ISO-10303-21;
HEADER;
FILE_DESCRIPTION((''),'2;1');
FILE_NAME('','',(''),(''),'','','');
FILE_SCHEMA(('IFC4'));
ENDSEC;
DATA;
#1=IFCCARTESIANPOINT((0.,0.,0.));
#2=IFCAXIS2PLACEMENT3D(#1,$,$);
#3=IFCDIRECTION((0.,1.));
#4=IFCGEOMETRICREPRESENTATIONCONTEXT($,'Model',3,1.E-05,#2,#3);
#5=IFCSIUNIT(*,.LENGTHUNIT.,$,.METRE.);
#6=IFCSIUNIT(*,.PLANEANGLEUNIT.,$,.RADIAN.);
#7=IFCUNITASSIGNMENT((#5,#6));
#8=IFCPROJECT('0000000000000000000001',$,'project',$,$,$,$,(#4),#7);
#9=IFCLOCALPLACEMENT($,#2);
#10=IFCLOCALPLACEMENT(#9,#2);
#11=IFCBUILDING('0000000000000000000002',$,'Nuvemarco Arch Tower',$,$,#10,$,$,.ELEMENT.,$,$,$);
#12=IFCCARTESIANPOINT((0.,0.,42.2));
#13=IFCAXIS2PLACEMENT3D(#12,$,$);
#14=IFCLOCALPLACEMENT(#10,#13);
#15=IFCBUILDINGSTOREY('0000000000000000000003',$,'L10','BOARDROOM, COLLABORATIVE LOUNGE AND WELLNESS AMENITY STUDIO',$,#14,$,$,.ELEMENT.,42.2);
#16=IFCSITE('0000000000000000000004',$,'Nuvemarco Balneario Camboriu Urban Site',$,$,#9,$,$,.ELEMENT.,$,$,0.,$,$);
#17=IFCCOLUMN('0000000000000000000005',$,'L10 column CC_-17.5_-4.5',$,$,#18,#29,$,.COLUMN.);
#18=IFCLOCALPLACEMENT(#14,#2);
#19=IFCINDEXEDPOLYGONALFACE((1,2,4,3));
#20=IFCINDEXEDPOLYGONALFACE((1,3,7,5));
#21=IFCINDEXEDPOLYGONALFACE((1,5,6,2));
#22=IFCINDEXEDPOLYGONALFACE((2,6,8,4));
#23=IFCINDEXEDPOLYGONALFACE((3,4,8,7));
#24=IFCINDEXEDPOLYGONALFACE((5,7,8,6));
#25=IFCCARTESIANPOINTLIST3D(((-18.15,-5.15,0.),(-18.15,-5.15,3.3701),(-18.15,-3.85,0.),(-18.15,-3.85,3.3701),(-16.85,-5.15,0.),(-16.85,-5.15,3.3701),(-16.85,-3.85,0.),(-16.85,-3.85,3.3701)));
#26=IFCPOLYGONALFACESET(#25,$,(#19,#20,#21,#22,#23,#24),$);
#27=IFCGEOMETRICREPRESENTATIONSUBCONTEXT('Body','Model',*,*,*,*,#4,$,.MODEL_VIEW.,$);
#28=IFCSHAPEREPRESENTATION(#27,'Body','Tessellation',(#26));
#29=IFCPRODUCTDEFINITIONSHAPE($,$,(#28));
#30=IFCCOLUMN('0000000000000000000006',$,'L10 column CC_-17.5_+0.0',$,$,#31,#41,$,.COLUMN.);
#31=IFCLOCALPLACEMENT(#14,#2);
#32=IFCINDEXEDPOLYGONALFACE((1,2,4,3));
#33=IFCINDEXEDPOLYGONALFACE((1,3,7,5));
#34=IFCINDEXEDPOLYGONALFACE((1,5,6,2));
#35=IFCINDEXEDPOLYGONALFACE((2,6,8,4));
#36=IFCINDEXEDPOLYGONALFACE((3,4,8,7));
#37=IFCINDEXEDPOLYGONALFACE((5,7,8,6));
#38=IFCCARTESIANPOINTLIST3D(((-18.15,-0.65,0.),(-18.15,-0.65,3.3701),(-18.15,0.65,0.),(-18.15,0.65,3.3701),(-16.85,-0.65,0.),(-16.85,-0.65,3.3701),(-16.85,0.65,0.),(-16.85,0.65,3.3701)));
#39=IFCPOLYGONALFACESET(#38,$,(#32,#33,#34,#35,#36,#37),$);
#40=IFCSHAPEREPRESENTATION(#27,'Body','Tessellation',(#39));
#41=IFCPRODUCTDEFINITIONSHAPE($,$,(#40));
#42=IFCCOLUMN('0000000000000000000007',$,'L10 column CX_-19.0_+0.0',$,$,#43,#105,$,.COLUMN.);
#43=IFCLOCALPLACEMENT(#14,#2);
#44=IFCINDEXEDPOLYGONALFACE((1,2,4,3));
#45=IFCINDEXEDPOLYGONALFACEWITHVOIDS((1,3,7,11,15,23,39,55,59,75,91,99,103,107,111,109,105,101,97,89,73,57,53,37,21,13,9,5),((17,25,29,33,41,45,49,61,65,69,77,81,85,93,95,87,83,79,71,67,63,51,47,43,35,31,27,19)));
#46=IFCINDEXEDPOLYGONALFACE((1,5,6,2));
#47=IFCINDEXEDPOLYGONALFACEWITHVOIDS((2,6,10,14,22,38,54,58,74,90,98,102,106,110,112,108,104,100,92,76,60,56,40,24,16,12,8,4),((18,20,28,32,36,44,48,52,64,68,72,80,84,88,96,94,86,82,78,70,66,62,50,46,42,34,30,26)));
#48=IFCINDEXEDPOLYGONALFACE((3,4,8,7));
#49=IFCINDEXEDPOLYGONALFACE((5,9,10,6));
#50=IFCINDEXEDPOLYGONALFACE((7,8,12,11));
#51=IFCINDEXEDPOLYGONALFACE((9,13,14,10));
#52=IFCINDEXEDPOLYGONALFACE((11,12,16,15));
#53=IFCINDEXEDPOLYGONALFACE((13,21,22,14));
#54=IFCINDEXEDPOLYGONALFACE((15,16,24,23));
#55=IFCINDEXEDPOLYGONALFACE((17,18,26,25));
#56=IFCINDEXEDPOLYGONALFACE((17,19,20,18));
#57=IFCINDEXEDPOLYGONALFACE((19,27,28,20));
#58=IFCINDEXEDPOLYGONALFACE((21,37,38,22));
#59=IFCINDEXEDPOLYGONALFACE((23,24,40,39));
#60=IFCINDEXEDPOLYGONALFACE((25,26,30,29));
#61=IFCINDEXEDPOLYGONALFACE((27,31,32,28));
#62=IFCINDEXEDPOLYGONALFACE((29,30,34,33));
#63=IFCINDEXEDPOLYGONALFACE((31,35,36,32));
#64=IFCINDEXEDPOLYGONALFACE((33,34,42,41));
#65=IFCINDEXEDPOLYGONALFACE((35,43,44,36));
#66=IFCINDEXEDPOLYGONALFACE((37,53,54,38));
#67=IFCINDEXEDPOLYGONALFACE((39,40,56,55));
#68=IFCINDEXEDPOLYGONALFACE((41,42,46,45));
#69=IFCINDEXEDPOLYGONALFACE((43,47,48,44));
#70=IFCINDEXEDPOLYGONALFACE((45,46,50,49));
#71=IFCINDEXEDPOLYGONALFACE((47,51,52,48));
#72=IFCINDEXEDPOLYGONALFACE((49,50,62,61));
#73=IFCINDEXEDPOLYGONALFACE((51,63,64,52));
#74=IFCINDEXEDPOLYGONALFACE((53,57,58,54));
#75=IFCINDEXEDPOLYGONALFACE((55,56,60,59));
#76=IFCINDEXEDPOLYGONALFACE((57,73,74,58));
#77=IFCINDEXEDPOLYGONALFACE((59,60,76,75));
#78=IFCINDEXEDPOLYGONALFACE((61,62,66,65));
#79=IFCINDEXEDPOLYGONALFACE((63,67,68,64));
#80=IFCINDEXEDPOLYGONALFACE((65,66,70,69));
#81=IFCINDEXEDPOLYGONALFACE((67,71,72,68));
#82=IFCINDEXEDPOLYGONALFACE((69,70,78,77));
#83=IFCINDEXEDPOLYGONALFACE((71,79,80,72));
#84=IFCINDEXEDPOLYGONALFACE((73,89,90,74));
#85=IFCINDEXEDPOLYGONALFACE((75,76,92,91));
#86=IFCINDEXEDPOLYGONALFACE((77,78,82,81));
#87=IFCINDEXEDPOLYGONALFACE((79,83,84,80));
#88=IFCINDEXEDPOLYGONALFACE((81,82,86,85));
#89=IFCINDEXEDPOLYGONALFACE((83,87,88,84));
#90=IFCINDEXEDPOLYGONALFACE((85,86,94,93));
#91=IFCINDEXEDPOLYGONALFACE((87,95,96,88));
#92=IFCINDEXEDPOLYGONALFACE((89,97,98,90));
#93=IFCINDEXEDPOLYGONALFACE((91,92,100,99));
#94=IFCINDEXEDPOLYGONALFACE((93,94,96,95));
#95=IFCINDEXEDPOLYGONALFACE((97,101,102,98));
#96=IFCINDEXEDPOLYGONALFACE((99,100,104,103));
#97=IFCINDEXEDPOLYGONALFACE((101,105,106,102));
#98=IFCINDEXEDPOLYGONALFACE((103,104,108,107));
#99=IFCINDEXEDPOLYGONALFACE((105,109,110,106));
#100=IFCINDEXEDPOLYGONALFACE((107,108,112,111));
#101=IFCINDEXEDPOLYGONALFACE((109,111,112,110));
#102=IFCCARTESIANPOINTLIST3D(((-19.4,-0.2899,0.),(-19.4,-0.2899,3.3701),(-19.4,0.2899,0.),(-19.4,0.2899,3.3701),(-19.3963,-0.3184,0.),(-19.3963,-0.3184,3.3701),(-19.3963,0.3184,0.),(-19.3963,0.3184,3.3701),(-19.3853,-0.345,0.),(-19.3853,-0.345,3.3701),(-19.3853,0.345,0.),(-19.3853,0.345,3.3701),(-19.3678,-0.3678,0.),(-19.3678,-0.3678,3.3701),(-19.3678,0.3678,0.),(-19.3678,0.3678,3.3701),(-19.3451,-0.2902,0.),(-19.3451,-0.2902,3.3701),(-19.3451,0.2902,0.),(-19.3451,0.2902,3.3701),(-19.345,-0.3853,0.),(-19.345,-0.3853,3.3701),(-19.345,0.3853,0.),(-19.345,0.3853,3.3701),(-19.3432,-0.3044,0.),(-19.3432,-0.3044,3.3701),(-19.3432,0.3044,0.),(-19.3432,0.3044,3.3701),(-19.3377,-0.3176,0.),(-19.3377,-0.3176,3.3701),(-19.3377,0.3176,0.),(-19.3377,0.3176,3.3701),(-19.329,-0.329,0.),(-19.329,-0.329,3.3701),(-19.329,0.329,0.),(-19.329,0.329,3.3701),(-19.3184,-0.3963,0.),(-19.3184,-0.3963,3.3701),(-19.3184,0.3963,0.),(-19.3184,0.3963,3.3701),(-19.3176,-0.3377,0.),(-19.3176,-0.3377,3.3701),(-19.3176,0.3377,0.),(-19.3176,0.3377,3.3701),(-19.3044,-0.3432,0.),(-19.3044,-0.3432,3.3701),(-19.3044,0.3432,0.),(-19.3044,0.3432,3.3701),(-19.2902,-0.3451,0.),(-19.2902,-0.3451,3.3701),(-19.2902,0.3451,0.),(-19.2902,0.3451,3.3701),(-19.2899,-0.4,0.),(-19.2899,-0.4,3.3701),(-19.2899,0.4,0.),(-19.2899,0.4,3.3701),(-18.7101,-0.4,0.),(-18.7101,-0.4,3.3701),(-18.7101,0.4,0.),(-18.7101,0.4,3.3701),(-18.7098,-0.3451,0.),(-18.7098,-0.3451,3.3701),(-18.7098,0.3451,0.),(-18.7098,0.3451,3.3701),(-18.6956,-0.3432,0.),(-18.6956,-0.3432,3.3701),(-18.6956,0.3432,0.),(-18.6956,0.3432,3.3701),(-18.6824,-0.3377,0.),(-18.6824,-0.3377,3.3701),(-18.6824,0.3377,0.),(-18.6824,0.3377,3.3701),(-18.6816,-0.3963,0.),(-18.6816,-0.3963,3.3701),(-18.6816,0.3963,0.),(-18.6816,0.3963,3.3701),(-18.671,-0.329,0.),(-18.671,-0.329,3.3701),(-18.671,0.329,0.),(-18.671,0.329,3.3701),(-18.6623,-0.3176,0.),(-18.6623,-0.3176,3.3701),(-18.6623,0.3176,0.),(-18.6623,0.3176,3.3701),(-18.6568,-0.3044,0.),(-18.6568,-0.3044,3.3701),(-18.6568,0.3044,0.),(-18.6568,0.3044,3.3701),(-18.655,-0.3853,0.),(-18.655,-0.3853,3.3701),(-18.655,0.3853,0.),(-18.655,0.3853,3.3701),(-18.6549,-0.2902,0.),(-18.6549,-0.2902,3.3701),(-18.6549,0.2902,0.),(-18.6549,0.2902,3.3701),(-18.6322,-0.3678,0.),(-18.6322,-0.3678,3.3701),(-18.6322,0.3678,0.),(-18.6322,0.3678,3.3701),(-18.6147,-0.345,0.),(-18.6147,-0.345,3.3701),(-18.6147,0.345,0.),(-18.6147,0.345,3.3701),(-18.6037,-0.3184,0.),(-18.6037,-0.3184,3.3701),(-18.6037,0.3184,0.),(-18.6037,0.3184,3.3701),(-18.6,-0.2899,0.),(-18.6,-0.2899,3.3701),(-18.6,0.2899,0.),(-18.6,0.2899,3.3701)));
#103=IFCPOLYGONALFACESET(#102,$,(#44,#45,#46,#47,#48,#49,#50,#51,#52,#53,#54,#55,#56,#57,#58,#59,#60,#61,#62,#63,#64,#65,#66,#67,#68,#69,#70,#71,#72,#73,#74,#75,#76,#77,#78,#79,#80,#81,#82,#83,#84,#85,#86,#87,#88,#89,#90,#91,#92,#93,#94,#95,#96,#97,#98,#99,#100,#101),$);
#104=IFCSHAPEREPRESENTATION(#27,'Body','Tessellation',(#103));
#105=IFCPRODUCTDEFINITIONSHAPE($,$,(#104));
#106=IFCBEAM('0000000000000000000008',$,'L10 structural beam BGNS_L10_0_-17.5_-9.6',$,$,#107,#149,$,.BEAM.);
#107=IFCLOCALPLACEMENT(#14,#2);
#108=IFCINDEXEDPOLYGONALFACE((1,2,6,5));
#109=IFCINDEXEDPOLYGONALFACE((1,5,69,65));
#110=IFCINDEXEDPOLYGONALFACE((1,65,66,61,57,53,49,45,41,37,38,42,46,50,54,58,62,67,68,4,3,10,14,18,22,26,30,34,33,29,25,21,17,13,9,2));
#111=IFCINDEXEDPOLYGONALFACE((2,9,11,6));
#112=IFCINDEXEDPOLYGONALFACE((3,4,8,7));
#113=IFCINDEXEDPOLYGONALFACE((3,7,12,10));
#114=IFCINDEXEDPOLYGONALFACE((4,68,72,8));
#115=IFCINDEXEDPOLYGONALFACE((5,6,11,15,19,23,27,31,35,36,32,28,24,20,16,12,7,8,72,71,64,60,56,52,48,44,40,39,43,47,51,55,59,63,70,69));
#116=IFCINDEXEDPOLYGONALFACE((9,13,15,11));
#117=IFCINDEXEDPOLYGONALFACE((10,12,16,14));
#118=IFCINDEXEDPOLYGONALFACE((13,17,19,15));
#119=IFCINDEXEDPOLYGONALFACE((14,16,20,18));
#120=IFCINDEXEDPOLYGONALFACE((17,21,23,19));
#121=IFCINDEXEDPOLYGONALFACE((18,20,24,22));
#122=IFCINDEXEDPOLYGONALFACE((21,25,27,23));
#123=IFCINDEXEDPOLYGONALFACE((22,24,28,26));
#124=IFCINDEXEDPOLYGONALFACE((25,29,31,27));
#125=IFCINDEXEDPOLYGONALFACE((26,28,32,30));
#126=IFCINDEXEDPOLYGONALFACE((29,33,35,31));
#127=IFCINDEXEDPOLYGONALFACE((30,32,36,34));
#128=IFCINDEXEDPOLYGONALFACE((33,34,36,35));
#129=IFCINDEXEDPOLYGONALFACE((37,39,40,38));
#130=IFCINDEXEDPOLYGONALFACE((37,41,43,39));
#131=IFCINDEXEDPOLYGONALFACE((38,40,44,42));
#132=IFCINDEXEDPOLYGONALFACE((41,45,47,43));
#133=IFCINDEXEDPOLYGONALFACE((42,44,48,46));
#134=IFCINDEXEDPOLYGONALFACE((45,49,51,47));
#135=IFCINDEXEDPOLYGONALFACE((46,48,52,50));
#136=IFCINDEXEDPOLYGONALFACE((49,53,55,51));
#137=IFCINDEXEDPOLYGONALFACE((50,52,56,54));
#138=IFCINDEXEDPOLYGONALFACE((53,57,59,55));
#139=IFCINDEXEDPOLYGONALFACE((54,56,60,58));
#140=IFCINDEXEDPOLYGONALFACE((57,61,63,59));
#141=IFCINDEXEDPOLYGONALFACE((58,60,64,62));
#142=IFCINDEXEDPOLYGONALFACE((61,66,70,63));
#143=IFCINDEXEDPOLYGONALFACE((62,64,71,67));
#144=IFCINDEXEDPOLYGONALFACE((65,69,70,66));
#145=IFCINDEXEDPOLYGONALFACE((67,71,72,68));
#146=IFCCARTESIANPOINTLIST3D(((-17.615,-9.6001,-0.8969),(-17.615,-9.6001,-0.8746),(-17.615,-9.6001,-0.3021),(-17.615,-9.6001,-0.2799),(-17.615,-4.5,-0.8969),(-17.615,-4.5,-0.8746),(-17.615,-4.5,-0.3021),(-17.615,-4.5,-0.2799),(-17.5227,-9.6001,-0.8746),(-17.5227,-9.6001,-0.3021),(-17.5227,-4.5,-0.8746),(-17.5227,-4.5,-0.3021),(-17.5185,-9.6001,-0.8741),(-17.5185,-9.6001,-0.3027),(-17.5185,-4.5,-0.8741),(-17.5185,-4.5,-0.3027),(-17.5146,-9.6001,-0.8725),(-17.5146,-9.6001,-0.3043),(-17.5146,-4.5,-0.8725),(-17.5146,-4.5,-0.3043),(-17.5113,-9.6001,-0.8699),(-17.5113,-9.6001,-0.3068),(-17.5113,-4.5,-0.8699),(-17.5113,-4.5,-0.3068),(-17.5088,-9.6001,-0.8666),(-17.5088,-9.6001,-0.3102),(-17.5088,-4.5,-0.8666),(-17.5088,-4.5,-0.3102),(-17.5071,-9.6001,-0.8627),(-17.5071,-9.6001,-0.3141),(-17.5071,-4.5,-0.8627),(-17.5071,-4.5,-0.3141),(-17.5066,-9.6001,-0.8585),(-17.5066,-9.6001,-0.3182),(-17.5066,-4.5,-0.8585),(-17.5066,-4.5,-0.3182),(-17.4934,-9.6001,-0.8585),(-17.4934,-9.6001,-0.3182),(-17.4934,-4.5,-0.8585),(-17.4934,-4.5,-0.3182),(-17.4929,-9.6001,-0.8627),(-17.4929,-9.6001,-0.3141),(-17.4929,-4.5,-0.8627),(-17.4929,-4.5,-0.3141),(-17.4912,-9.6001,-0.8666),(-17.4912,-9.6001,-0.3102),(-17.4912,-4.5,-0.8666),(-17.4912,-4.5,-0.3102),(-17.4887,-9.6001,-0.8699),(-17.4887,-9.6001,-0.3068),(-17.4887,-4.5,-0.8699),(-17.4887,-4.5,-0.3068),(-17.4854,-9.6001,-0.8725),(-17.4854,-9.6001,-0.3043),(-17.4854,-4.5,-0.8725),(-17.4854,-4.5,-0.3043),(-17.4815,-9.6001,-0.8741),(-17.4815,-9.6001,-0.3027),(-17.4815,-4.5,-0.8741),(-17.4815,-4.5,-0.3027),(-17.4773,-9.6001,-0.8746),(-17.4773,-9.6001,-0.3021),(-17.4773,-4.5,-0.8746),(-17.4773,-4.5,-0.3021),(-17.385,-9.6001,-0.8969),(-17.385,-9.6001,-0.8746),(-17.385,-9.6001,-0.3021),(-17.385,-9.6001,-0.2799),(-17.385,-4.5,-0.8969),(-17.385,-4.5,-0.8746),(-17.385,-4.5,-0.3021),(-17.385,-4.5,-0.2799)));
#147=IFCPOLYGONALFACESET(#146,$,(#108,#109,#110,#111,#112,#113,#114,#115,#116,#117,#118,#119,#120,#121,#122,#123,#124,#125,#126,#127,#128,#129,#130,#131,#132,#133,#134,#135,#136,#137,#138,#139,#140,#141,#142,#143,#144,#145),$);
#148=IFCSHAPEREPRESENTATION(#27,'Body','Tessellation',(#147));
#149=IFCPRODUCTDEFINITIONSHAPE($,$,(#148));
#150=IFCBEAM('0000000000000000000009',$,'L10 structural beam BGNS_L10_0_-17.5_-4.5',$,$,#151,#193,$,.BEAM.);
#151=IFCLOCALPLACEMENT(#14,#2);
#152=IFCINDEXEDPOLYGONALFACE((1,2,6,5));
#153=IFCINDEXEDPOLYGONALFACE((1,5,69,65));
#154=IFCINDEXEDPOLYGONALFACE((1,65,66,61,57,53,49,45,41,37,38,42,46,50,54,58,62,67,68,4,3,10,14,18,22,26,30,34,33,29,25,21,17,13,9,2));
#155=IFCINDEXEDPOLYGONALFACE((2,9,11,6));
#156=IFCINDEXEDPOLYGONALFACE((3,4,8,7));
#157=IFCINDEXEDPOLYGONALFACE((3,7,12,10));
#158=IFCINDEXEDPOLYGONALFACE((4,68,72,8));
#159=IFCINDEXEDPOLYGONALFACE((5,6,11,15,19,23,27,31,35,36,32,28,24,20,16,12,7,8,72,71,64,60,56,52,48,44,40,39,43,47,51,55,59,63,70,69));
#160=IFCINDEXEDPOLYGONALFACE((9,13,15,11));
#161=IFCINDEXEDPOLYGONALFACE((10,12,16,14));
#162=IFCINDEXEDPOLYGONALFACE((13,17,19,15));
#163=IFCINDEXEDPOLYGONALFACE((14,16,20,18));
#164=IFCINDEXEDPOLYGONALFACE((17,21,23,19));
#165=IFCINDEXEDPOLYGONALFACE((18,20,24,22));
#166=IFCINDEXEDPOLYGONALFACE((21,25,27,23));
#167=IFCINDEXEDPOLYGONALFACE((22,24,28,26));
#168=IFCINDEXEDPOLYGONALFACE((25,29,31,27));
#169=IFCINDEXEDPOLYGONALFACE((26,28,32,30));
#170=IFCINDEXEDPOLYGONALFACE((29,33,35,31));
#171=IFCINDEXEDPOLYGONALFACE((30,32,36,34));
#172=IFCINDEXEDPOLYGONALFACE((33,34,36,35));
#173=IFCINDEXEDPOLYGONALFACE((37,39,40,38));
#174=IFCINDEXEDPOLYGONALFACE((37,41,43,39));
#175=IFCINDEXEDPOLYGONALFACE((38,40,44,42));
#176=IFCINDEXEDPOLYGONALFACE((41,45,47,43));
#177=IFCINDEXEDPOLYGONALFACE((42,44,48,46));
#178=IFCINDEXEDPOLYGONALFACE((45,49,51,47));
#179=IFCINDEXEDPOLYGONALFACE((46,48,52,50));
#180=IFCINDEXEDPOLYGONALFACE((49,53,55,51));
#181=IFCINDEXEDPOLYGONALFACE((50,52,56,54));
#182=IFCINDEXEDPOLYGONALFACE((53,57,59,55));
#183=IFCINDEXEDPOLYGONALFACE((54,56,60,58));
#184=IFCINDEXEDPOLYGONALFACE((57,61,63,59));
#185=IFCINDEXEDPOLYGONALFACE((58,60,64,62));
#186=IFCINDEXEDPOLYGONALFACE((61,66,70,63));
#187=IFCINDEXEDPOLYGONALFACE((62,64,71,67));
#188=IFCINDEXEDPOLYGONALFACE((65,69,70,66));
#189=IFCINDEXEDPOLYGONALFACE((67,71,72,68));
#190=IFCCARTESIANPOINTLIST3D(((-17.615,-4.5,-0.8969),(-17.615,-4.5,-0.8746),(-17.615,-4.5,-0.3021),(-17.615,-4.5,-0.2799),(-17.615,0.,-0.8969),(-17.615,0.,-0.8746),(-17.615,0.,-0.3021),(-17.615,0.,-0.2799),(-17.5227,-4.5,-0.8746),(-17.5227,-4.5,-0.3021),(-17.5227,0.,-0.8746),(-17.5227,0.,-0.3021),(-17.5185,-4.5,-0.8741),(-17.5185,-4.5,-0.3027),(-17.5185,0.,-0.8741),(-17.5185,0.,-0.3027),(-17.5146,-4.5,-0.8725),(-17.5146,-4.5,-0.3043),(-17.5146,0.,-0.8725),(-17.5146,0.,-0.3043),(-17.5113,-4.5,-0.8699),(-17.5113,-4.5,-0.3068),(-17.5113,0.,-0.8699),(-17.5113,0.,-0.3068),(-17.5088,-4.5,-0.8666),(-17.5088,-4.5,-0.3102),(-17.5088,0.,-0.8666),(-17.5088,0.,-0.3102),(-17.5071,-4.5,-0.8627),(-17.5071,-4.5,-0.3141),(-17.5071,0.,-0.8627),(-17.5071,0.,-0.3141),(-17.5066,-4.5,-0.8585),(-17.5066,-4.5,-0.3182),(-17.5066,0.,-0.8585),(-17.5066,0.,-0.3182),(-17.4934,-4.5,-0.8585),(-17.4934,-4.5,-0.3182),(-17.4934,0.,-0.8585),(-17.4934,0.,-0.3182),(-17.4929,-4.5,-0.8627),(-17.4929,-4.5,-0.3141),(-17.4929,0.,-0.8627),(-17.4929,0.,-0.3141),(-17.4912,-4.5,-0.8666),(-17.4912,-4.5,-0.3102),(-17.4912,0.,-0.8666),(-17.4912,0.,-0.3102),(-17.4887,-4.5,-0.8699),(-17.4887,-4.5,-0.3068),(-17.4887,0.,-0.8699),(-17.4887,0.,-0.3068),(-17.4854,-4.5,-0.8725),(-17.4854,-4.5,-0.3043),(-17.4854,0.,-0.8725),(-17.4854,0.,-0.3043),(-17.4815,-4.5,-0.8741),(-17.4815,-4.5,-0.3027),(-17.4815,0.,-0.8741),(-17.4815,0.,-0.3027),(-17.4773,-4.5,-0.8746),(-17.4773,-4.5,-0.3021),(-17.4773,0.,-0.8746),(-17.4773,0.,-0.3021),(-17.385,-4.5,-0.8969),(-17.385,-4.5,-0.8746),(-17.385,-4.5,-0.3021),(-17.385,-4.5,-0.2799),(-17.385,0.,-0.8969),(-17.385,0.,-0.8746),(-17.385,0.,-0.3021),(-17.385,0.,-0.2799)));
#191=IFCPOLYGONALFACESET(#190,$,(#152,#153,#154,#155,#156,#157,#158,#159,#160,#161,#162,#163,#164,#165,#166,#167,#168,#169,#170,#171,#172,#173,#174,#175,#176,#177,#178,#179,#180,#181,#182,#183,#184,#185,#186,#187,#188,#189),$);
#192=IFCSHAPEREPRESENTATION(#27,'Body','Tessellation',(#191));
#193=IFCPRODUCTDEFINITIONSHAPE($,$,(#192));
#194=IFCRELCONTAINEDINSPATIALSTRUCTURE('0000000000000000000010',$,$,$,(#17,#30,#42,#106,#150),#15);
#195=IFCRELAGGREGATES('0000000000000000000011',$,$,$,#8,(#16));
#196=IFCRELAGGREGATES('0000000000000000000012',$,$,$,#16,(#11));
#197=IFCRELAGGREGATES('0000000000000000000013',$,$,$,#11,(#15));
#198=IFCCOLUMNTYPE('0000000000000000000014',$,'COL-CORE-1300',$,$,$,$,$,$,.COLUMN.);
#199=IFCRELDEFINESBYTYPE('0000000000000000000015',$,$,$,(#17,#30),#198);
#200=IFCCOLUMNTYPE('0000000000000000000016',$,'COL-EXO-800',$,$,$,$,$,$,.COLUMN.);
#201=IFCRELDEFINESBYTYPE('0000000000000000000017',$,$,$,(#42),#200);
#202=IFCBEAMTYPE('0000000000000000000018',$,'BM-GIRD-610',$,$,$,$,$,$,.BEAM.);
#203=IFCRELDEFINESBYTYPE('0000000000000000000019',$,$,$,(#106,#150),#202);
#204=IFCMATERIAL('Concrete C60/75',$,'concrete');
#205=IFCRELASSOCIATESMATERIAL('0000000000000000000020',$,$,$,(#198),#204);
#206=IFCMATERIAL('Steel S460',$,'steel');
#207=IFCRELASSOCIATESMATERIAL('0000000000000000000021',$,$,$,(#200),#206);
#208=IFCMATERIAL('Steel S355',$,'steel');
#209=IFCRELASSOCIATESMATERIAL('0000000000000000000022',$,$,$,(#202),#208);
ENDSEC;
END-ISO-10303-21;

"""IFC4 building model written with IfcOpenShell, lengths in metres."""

from ifc_helpers import new_model, si_unit, direction, frame, origin, origin_2d, place, context, subcontext, project, spatial, rectangle, hollow_rectangle, i_section, extrude, material, material_profile, profile_set, type_object, element, save


model = new_model("IFC4")

# Units and contexts
model_context = context("Model", 3, precision=1e-05, world=origin(), true_north=direction((0.0, 1.0)))
body_context = subcontext(model_context, "Body", "Model", "MODEL_VIEW")
ifc_project = project(units=[si_unit("LENGTHUNIT", "METRE"), si_unit("PLANEANGLEUNIT", "RADIAN")], contexts=[model_context])

# Site, building, storey
site_placement = place(None, origin())
site = spatial("IfcSite", under=ifc_project, at=site_placement, Name="Nuvemarco Balneario Camboriu Urban Site", CompositionType="ELEMENT", RefElevation=0.0)
building_placement = place(site_placement, origin())
building = spatial("IfcBuilding", under=site, at=building_placement, Name="Nuvemarco Arch Tower", CompositionType="ELEMENT")
storey_placement = place(building_placement, frame((0.0, 0.0, 42.2)))
storey = spatial("IfcBuildingStorey", under=building, at=storey_placement, Name="L10", Description="BOARDROOM, COLLABORATIVE LOUNGE AND WELLNESS AMENITY STUDIO", CompositionType="ELEMENT", Elevation=42.2)

# Columns
ifc_material_1 = material(Name="Concrete C60/75", Category="concrete")
ifc_material_profile_1 = material_profile(ifc_material_1, rectangle(XDim=1.3, YDim=1.3, at=origin_2d()), Name="RC-COL-1300x1300")
ifc_profile_set_1 = profile_set([ifc_material_profile_1], Name="Concrete C60/75")
column_type_1 = type_object("IfcColumnType", Name="COL-CORE-1300", PredefinedType="COLUMN", material=ifc_profile_set_1)
for number, where, z_axis, x_axis, name in (
    (1, (-17.5, -4.5, 0.0), (0.0, 0.0, 1.0), (1.0, 0.0, 0.0), "L10 column CC_-17.5_-4.5"),
    (2, (-17.5, 0.0, 0.0), (0.0, 0.0, 1.0), (1.0, 0.0, 0.0), "L10 column CC_-17.5_+0.0"),
):
    element("IfcColumn", number, at=place(storey_placement, frame(where, z_axis=z_axis, x_axis=x_axis)), inside=storey, type_object=column_type_1, Name=name, PredefinedType="COLUMN", context=body_context, shape_type="SweptSolid", body=[
        extrude(rectangle(XDim=1.3, YDim=1.3, at=origin_2d()), origin(), (0.0, 0.0, 1.0), 3.3701),
    ])
ifc_material_2 = material(Name="Steel S460", Category="steel")
ifc_material_profile_2 = material_profile(ifc_material_2, hollow_rectangle(XDim=0.8, YDim=0.8, WallThickness=0.0549, InnerFilletRadius=0.0549, OuterFilletRadius=0.1101, at=origin_2d()), Name="SHS800x800x55")
ifc_profile_set_2 = profile_set([ifc_material_profile_2], Name="Steel S460")
column_type_2 = type_object("IfcColumnType", Name="COL-EXO-800", PredefinedType="COLUMN", material=ifc_profile_set_2)
column_placement = place(storey_placement, frame((-19.0, 0.0, 0.0), z_axis=(0.0, 0.0, 1.0), x_axis=(1.0, 0.0, 0.0)))
element("IfcColumn", 3, at=column_placement, inside=storey, type_object=column_type_2, Name="L10 column CX_-19.0_+0.0", PredefinedType="COLUMN", context=body_context, shape_type="SweptSolid", body=[
    extrude(hollow_rectangle(XDim=0.8, YDim=0.8, WallThickness=0.0549, InnerFilletRadius=0.0549, OuterFilletRadius=0.1101, at=origin_2d()), origin(), (0.0, 0.0, 1.0), 3.3701),
])

# Beams
ifc_material_3 = material(Name="Steel S355", Category="steel")
ifc_material_profile_3 = material_profile(ifc_material_3, i_section(OverallWidth=0.23, OverallDepth=0.6169, WebThickness=0.0132, FlangeThickness=0.0222, FilletRadius=0.0161, at=origin_2d()), Name="W610x140")
ifc_profile_set_3 = profile_set([ifc_material_profile_3], Name="Steel S355")
beam_type_1 = type_object("IfcBeamType", Name="BM-GIRD-610", PredefinedType="BEAM", material=ifc_profile_set_3)
beam_1_placement = place(storey_placement, frame((-17.5, -9.6001, -0.5884), z_axis=(0.0, 1.0, 0.0), x_axis=(-1.0, 0.0, 0.0)))
element("IfcBeam", 4, at=beam_1_placement, inside=storey, type_object=beam_type_1, Name="L10 structural beam BGNS_L10_0_-17.5_-9.6", PredefinedType="BEAM", context=body_context, shape_type="SweptSolid", body=[
    extrude(i_section(OverallWidth=0.23, OverallDepth=0.6169, WebThickness=0.0132, FlangeThickness=0.0222, FilletRadius=0.0161, at=origin_2d()), origin(), (0.0, 0.0, 1.0), 5.1001),
])
for number, where, z_axis, x_axis, name in (
    (5, (-17.5, -4.5, -0.5884), (0.0, 1.0, 0.0), (-1.0, 0.0, 0.0), "L10 structural beam BGNS_L10_0_-17.5_-4.5"),
):
    element("IfcBeam", number, at=place(storey_placement, frame(where, z_axis=z_axis, x_axis=x_axis)), inside=storey, type_object=beam_type_1, Name=name, PredefinedType="BEAM", context=body_context, shape_type="SweptSolid", body=[
        extrude(i_section(OverallWidth=0.23, OverallDepth=0.6169, WebThickness=0.0132, FlangeThickness=0.0222, FilletRadius=0.0161, at=origin_2d()), origin(), (0.0, 0.0, 1.0), 4.5),
    ])

save(model, "model.ifc")
